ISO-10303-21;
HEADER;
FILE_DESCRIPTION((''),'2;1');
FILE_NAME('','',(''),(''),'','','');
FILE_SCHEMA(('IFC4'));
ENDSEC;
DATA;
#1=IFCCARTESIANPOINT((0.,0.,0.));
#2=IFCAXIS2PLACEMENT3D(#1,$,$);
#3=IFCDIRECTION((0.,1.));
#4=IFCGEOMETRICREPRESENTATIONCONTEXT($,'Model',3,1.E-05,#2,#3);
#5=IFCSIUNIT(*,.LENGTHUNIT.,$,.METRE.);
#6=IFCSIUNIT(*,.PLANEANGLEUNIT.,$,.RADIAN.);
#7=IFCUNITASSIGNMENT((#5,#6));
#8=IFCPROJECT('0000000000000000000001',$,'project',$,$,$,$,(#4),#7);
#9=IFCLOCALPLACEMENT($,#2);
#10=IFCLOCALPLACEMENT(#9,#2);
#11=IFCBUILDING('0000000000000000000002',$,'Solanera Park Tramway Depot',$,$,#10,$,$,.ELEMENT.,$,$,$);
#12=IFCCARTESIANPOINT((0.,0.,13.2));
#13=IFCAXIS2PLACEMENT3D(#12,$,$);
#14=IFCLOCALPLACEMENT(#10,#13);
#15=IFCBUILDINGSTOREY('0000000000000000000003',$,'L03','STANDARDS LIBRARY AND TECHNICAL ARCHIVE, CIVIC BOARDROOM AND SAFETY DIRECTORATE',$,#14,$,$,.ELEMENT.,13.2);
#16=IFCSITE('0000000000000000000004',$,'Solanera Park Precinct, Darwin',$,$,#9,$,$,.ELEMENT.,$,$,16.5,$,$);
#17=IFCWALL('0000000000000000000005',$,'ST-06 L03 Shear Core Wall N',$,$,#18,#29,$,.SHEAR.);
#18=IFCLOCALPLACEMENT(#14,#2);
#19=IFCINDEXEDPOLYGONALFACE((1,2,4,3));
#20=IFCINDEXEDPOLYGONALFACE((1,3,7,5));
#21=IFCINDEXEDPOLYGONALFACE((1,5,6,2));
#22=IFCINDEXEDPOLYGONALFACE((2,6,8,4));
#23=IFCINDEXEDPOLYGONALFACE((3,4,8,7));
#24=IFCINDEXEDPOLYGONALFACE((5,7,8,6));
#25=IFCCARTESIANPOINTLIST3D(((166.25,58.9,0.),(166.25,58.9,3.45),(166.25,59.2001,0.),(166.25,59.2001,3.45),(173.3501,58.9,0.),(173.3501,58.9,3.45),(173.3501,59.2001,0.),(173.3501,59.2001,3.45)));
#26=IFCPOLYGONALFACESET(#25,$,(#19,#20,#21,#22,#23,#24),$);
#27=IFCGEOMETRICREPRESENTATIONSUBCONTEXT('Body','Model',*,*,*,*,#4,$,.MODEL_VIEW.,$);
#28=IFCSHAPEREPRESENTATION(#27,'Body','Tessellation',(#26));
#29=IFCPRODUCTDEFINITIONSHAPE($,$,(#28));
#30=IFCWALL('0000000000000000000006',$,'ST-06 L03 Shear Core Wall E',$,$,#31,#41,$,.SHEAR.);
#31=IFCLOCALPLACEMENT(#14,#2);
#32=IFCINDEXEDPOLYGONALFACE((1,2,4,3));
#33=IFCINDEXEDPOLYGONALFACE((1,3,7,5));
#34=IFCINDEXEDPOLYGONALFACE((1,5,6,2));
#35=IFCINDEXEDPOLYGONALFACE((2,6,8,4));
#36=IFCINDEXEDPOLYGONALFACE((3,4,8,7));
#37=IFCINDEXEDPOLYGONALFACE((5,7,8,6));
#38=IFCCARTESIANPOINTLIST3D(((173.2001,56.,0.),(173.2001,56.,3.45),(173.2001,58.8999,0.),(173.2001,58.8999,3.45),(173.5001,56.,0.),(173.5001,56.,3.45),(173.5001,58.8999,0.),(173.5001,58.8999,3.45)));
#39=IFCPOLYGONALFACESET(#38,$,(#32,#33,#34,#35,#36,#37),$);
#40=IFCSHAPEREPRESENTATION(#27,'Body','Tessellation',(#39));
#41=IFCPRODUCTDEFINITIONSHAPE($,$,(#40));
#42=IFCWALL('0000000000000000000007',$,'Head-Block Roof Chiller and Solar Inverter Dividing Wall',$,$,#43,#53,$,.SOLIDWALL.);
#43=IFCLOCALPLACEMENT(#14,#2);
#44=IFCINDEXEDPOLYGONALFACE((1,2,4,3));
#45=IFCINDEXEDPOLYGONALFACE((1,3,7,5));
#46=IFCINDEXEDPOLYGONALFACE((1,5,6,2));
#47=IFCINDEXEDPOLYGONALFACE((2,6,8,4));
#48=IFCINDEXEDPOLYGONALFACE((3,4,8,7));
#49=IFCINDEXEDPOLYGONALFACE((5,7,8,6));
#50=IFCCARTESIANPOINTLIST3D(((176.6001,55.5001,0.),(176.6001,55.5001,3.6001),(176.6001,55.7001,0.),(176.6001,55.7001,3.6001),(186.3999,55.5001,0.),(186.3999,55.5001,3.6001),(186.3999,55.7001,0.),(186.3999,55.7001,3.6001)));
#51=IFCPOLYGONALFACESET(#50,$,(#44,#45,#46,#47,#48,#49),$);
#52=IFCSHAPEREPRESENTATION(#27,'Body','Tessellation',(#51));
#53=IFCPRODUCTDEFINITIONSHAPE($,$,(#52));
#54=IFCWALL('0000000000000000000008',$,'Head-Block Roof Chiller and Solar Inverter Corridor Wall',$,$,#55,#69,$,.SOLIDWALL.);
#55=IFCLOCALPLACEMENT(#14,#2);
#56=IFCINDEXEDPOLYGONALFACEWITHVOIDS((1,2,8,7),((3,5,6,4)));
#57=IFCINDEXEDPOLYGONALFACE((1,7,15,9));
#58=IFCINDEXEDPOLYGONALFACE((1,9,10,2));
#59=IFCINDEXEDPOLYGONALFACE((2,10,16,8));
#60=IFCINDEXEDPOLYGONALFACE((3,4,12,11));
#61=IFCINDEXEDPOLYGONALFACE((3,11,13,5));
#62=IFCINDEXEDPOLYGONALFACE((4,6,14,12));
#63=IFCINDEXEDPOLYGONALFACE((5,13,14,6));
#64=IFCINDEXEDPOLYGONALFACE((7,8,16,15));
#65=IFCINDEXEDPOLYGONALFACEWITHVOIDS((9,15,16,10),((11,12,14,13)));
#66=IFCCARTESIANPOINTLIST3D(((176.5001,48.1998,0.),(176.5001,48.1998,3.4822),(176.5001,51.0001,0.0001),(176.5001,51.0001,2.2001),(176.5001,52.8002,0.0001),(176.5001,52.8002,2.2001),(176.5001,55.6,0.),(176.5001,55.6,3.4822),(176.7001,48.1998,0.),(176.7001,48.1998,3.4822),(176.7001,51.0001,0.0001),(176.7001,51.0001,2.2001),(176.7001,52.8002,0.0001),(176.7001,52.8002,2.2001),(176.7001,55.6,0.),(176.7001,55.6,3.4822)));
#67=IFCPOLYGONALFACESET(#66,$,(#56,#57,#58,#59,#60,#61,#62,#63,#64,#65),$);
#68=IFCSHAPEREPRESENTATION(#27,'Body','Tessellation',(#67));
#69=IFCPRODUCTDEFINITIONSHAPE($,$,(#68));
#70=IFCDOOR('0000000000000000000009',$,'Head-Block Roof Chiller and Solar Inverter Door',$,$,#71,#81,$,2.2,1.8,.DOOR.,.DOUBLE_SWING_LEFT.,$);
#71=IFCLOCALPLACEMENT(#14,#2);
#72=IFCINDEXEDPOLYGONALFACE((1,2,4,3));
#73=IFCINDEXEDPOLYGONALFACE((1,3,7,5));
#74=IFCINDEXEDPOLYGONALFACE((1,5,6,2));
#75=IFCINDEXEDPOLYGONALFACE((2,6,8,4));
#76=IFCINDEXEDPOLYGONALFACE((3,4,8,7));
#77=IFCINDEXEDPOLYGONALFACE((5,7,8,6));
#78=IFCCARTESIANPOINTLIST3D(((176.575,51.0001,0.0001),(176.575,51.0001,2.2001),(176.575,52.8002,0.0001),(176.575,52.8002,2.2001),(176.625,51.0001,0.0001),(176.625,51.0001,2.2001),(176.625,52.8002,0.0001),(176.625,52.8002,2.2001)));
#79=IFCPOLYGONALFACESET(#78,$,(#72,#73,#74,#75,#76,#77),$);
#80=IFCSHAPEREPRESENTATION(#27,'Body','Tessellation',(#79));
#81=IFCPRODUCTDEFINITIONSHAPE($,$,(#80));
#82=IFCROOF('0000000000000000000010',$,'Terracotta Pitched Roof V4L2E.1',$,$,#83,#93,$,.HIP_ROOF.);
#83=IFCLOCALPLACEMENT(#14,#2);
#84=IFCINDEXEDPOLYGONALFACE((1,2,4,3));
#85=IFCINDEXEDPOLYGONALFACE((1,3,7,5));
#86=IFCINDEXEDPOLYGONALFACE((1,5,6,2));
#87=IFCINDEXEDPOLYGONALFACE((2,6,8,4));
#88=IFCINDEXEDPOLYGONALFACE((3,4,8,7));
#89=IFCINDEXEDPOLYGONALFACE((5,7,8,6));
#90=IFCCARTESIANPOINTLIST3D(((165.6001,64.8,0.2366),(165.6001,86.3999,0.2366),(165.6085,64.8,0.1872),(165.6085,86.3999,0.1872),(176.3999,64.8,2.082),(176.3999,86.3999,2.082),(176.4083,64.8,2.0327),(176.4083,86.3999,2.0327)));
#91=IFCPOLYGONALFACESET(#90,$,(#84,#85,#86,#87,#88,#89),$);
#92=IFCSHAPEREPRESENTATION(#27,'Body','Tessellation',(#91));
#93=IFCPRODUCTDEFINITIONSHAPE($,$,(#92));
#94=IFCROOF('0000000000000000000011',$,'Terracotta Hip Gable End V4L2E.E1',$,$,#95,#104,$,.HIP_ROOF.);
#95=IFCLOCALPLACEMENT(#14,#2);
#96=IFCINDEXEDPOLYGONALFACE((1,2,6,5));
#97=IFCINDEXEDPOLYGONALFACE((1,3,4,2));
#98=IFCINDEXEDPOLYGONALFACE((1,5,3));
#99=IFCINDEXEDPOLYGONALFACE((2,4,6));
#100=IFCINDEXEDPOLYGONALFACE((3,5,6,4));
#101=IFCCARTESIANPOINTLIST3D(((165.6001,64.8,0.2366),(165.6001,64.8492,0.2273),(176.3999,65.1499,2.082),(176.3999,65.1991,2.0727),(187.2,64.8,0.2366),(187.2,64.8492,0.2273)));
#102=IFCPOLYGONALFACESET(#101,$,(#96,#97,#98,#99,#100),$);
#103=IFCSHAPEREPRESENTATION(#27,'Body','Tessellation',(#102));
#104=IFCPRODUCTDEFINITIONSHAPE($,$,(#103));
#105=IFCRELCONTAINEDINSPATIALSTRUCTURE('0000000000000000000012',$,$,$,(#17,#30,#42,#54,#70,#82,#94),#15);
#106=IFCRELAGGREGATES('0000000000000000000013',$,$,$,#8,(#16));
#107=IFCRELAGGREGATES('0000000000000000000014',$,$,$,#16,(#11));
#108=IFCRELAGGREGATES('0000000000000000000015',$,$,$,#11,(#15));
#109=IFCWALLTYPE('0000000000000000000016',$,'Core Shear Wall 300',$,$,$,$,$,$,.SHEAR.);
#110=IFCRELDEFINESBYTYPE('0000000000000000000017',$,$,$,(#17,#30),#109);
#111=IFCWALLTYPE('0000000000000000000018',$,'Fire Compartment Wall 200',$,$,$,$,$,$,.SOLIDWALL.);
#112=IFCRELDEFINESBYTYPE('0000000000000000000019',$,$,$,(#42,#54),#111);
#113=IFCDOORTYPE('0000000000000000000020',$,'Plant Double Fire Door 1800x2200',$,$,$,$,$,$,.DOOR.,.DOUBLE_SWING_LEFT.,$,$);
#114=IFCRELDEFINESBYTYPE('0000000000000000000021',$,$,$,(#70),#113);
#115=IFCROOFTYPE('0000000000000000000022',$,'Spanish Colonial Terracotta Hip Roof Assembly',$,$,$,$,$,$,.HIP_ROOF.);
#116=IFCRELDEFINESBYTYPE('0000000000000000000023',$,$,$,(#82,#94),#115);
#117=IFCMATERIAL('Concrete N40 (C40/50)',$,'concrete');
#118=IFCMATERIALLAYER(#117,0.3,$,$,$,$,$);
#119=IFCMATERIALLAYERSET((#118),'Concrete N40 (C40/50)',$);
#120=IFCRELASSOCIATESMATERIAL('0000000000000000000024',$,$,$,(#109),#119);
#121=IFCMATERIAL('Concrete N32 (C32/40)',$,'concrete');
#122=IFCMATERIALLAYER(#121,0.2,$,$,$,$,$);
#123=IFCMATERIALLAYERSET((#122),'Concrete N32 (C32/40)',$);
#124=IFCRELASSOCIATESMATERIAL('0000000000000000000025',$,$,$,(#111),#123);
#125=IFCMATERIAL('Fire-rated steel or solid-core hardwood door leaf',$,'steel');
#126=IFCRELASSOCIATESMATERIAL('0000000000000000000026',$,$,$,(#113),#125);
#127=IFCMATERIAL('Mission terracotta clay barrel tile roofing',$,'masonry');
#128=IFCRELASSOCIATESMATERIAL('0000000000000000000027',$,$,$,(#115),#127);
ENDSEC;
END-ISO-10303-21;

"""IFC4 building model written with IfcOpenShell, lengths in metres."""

from ifc_helpers import new_model, si_unit, direction, frame, frame_2d, origin, place, context, subcontext, project, spatial, polyline, rectangle, outline, extrude, material, layer, layer_set, type_object, element, fill, save


model = new_model("IFC4")

# Units and contexts
model_context = context("Model", 3, precision=1e-05, world=origin(), true_north=direction((0.0, 1.0)))
body_context = subcontext(model_context, "Body", "Model", "MODEL_VIEW")
ifc_project = project(units=[si_unit("LENGTHUNIT", "METRE"), si_unit("PLANEANGLEUNIT", "RADIAN")], contexts=[model_context])

# Site, building, storey
site_placement = place(None, origin())
site = spatial("IfcSite", under=ifc_project, at=site_placement, Name="Solanera Park Precinct, Darwin", CompositionType="ELEMENT", RefElevation=16.5)
building_placement = place(site_placement, origin())
building = spatial("IfcBuilding", under=site, at=building_placement, Name="Solanera Park Tramway Depot", CompositionType="ELEMENT")
storey_placement = place(building_placement, frame((0.0, 0.0, 13.2)))
storey = spatial("IfcBuildingStorey", under=building, at=storey_placement, Name="L03", Description="STANDARDS LIBRARY AND TECHNICAL ARCHIVE, CIVIC BOARDROOM AND SAFETY DIRECTORATE", CompositionType="ELEMENT", Elevation=13.2)

# Walls
ifc_material_1 = material(Name="Concrete N40 (C40/50)", Category="concrete")
ifc_layer_1 = layer(ifc_material_1, 0.3)
ifc_layer_set_1 = layer_set([ifc_layer_1], Name="Concrete N40 (C40/50)")
wall_type_1 = type_object("IfcWallType", Name="Core Shear Wall 300", PredefinedType="SHEAR", material=ifc_layer_set_1)
for number, where, z_axis, x_axis, name in (
    (1, (173.3501, 59.05, 0.0), (0.0, 0.0, 1.0), (-1.0, 0.0, 0.0), "ST-06 L03 Shear Core Wall N"),
):
    element("IfcWall", number, at=place(storey_placement, frame(where, z_axis=z_axis, x_axis=x_axis)), inside=storey, type_object=wall_type_1, Name=name, PredefinedType="SHEAR", context=body_context, shape_type="SweptSolid", body=[
        extrude(rectangle(XDim=7.1001, YDim=0.3, at=frame_2d((3.55, 0.0))), origin(), (0.0, 0.0, 1.0), 3.45),
    ])
wall_1_placement = place(storey_placement, frame((173.3501, 56.0, 0.0), z_axis=(0.0, 0.0, 1.0), x_axis=(0.0, 1.0, 0.0)))
element("IfcWall", 2, at=wall_1_placement, inside=storey, type_object=wall_type_1, Name="ST-06 L03 Shear Core Wall E", PredefinedType="SHEAR", context=body_context, shape_type="SweptSolid", body=[
    extrude(rectangle(XDim=2.8999, YDim=0.3, at=frame_2d((1.45, 0.0))), origin(), (0.0, 0.0, 1.0), 3.45),
])

# Wall
ifc_material_2 = material(Name="Concrete N32 (C32/40)", Category="concrete")
ifc_layer_2 = layer(ifc_material_2, 0.2)
ifc_layer_set_2 = layer_set([ifc_layer_2], Name="Concrete N32 (C32/40)")
wall_type_2 = type_object("IfcWallType", Name="Fire Compartment Wall 200", PredefinedType="SOLIDWALL", material=ifc_layer_set_2)
wall_2_placement = place(storey_placement, frame((176.6001, 55.6001, 0.0), z_axis=(0.0, 0.0, 1.0), x_axis=(1.0, 0.0, 0.0)))
element("IfcWall", 3, at=wall_2_placement, inside=storey, type_object=wall_type_2, Name="Head-Block Roof Chiller and Solar Inverter Dividing Wall", PredefinedType="SOLIDWALL", context=body_context, shape_type="SweptSolid", body=[
    extrude(rectangle(XDim=9.7998, YDim=0.2, at=frame_2d((4.8999, 0.0))), origin(), (0.0, 0.0, 1.0), 3.6001),
])

# Wall, opening, door
wall_3_placement = place(storey_placement, frame((176.6001, 55.6001, 0.0), z_axis=(0.0, 0.0, 1.0), x_axis=(0.0, -1.0, 0.0)))
wall_3 = element("IfcWall", 4, at=wall_3_placement, inside=storey, type_object=wall_type_2, Name="Head-Block Roof Chiller and Solar Inverter Corridor Wall", PredefinedType="SOLIDWALL", context=body_context, shape_type="SweptSolid", body=[
    extrude(rectangle(XDim=7.4001, YDim=0.2, at=frame_2d((3.7002, 0.0))), origin(), (0.0, 0.0, 1.0), 3.4822),
])
opening_1_placement = place(wall_3_placement, frame((2.8, 0.0, 0.0)))
opening_1 = element("IfcOpeningElement", 5, at=opening_1_placement, cuts=wall_3, PredefinedType="OPENING", context=body_context, shape_type="SweptSolid", body=[
    extrude(rectangle(XDim=1.8, YDim=2.2, at=frame_2d((0.8999, 1.1001))), frame((0.0, 0.1099, 0.0), z_axis=(0.0, -1.0, 0.0), x_axis=(1.0, 0.0, 0.0)), (0.0, 0.0, 1.0), 0.22),
])
ifc_material_3 = material(Name="Fire-rated steel or solid-core hardwood door leaf", Category="steel")
door_type_1 = type_object("IfcDoorType", Name="Plant Double Fire Door 1800x2200", OperationType="DOUBLE_SWING_LEFT", PredefinedType="DOOR", material=ifc_material_3)
door_1_placement = place(opening_1_placement, origin())
door_1 = element("IfcDoor", 6, at=door_1_placement, inside=storey, type_object=door_type_1, Name="Head-Block Roof Chiller and Solar Inverter Door", OperationType="DOUBLE_SWING_LEFT", OverallHeight=2.2, OverallWidth=1.8, PredefinedType="DOOR", context=body_context, shape_type="SweptSolid", body=[
    extrude(rectangle(XDim=1.8, YDim=2.2, at=frame_2d((0.8999, 1.1001))), frame((0.0, 0.0249, 0.0), z_axis=(0.0, -1.0, 0.0), x_axis=(1.0, 0.0, 0.0)), (0.0, 0.0, 1.0), 0.05),
])
fill(opening_1, door_1)

# Roofs
ifc_material_4 = material(Name="Mission terracotta clay barrel tile roofing", Category="masonry")
roof_type = type_object("IfcRoofType", Name="Spanish Colonial Terracotta Hip Roof Assembly", PredefinedType="HIP_ROOF", material=ifc_material_4)
roof_1_placement = place(storey_placement, frame((165.6001, 64.8, 0.2366), z_axis=(-0.168437, 0.0, 0.985712), x_axis=(0.985712, 0.0, 0.168437)))
element("IfcRoof", 7, at=roof_1_placement, inside=storey, type_object=roof_type, Name="Terracotta Pitched Roof V4L2E.1", PredefinedType="HIP_ROOF", context=body_context, shape_type="SweptSolid", body=[
    extrude(outline(polyline([(0.0, 0.0), (10.9563, 0.0), (10.9563, 21.5999), (0.0, 21.5999), (0.0, 0.0)])), origin(), (0.0, 0.0, -1.0), 0.05),
])
roof_2_placement = place(storey_placement, frame((165.6001, 64.8, 0.2366), z_axis=(0.0, -0.982501, 0.186258), x_axis=(1.0, 0.0, 0.0)))
element("IfcRoof", 8, at=roof_2_placement, inside=storey, type_object=roof_type, Name="Terracotta Hip Gable End V4L2E.E1", PredefinedType="HIP_ROOF", context=body_context, shape_type="SweptSolid", body=[
    extrude(outline(polyline([(0.0, 0.0), (21.5999, 0.0), (10.7998, 1.8783), (0.0, 0.0)])), origin(), (0.0, 0.0, -1.0), 0.05),
])

save(model, "model.ifc")
